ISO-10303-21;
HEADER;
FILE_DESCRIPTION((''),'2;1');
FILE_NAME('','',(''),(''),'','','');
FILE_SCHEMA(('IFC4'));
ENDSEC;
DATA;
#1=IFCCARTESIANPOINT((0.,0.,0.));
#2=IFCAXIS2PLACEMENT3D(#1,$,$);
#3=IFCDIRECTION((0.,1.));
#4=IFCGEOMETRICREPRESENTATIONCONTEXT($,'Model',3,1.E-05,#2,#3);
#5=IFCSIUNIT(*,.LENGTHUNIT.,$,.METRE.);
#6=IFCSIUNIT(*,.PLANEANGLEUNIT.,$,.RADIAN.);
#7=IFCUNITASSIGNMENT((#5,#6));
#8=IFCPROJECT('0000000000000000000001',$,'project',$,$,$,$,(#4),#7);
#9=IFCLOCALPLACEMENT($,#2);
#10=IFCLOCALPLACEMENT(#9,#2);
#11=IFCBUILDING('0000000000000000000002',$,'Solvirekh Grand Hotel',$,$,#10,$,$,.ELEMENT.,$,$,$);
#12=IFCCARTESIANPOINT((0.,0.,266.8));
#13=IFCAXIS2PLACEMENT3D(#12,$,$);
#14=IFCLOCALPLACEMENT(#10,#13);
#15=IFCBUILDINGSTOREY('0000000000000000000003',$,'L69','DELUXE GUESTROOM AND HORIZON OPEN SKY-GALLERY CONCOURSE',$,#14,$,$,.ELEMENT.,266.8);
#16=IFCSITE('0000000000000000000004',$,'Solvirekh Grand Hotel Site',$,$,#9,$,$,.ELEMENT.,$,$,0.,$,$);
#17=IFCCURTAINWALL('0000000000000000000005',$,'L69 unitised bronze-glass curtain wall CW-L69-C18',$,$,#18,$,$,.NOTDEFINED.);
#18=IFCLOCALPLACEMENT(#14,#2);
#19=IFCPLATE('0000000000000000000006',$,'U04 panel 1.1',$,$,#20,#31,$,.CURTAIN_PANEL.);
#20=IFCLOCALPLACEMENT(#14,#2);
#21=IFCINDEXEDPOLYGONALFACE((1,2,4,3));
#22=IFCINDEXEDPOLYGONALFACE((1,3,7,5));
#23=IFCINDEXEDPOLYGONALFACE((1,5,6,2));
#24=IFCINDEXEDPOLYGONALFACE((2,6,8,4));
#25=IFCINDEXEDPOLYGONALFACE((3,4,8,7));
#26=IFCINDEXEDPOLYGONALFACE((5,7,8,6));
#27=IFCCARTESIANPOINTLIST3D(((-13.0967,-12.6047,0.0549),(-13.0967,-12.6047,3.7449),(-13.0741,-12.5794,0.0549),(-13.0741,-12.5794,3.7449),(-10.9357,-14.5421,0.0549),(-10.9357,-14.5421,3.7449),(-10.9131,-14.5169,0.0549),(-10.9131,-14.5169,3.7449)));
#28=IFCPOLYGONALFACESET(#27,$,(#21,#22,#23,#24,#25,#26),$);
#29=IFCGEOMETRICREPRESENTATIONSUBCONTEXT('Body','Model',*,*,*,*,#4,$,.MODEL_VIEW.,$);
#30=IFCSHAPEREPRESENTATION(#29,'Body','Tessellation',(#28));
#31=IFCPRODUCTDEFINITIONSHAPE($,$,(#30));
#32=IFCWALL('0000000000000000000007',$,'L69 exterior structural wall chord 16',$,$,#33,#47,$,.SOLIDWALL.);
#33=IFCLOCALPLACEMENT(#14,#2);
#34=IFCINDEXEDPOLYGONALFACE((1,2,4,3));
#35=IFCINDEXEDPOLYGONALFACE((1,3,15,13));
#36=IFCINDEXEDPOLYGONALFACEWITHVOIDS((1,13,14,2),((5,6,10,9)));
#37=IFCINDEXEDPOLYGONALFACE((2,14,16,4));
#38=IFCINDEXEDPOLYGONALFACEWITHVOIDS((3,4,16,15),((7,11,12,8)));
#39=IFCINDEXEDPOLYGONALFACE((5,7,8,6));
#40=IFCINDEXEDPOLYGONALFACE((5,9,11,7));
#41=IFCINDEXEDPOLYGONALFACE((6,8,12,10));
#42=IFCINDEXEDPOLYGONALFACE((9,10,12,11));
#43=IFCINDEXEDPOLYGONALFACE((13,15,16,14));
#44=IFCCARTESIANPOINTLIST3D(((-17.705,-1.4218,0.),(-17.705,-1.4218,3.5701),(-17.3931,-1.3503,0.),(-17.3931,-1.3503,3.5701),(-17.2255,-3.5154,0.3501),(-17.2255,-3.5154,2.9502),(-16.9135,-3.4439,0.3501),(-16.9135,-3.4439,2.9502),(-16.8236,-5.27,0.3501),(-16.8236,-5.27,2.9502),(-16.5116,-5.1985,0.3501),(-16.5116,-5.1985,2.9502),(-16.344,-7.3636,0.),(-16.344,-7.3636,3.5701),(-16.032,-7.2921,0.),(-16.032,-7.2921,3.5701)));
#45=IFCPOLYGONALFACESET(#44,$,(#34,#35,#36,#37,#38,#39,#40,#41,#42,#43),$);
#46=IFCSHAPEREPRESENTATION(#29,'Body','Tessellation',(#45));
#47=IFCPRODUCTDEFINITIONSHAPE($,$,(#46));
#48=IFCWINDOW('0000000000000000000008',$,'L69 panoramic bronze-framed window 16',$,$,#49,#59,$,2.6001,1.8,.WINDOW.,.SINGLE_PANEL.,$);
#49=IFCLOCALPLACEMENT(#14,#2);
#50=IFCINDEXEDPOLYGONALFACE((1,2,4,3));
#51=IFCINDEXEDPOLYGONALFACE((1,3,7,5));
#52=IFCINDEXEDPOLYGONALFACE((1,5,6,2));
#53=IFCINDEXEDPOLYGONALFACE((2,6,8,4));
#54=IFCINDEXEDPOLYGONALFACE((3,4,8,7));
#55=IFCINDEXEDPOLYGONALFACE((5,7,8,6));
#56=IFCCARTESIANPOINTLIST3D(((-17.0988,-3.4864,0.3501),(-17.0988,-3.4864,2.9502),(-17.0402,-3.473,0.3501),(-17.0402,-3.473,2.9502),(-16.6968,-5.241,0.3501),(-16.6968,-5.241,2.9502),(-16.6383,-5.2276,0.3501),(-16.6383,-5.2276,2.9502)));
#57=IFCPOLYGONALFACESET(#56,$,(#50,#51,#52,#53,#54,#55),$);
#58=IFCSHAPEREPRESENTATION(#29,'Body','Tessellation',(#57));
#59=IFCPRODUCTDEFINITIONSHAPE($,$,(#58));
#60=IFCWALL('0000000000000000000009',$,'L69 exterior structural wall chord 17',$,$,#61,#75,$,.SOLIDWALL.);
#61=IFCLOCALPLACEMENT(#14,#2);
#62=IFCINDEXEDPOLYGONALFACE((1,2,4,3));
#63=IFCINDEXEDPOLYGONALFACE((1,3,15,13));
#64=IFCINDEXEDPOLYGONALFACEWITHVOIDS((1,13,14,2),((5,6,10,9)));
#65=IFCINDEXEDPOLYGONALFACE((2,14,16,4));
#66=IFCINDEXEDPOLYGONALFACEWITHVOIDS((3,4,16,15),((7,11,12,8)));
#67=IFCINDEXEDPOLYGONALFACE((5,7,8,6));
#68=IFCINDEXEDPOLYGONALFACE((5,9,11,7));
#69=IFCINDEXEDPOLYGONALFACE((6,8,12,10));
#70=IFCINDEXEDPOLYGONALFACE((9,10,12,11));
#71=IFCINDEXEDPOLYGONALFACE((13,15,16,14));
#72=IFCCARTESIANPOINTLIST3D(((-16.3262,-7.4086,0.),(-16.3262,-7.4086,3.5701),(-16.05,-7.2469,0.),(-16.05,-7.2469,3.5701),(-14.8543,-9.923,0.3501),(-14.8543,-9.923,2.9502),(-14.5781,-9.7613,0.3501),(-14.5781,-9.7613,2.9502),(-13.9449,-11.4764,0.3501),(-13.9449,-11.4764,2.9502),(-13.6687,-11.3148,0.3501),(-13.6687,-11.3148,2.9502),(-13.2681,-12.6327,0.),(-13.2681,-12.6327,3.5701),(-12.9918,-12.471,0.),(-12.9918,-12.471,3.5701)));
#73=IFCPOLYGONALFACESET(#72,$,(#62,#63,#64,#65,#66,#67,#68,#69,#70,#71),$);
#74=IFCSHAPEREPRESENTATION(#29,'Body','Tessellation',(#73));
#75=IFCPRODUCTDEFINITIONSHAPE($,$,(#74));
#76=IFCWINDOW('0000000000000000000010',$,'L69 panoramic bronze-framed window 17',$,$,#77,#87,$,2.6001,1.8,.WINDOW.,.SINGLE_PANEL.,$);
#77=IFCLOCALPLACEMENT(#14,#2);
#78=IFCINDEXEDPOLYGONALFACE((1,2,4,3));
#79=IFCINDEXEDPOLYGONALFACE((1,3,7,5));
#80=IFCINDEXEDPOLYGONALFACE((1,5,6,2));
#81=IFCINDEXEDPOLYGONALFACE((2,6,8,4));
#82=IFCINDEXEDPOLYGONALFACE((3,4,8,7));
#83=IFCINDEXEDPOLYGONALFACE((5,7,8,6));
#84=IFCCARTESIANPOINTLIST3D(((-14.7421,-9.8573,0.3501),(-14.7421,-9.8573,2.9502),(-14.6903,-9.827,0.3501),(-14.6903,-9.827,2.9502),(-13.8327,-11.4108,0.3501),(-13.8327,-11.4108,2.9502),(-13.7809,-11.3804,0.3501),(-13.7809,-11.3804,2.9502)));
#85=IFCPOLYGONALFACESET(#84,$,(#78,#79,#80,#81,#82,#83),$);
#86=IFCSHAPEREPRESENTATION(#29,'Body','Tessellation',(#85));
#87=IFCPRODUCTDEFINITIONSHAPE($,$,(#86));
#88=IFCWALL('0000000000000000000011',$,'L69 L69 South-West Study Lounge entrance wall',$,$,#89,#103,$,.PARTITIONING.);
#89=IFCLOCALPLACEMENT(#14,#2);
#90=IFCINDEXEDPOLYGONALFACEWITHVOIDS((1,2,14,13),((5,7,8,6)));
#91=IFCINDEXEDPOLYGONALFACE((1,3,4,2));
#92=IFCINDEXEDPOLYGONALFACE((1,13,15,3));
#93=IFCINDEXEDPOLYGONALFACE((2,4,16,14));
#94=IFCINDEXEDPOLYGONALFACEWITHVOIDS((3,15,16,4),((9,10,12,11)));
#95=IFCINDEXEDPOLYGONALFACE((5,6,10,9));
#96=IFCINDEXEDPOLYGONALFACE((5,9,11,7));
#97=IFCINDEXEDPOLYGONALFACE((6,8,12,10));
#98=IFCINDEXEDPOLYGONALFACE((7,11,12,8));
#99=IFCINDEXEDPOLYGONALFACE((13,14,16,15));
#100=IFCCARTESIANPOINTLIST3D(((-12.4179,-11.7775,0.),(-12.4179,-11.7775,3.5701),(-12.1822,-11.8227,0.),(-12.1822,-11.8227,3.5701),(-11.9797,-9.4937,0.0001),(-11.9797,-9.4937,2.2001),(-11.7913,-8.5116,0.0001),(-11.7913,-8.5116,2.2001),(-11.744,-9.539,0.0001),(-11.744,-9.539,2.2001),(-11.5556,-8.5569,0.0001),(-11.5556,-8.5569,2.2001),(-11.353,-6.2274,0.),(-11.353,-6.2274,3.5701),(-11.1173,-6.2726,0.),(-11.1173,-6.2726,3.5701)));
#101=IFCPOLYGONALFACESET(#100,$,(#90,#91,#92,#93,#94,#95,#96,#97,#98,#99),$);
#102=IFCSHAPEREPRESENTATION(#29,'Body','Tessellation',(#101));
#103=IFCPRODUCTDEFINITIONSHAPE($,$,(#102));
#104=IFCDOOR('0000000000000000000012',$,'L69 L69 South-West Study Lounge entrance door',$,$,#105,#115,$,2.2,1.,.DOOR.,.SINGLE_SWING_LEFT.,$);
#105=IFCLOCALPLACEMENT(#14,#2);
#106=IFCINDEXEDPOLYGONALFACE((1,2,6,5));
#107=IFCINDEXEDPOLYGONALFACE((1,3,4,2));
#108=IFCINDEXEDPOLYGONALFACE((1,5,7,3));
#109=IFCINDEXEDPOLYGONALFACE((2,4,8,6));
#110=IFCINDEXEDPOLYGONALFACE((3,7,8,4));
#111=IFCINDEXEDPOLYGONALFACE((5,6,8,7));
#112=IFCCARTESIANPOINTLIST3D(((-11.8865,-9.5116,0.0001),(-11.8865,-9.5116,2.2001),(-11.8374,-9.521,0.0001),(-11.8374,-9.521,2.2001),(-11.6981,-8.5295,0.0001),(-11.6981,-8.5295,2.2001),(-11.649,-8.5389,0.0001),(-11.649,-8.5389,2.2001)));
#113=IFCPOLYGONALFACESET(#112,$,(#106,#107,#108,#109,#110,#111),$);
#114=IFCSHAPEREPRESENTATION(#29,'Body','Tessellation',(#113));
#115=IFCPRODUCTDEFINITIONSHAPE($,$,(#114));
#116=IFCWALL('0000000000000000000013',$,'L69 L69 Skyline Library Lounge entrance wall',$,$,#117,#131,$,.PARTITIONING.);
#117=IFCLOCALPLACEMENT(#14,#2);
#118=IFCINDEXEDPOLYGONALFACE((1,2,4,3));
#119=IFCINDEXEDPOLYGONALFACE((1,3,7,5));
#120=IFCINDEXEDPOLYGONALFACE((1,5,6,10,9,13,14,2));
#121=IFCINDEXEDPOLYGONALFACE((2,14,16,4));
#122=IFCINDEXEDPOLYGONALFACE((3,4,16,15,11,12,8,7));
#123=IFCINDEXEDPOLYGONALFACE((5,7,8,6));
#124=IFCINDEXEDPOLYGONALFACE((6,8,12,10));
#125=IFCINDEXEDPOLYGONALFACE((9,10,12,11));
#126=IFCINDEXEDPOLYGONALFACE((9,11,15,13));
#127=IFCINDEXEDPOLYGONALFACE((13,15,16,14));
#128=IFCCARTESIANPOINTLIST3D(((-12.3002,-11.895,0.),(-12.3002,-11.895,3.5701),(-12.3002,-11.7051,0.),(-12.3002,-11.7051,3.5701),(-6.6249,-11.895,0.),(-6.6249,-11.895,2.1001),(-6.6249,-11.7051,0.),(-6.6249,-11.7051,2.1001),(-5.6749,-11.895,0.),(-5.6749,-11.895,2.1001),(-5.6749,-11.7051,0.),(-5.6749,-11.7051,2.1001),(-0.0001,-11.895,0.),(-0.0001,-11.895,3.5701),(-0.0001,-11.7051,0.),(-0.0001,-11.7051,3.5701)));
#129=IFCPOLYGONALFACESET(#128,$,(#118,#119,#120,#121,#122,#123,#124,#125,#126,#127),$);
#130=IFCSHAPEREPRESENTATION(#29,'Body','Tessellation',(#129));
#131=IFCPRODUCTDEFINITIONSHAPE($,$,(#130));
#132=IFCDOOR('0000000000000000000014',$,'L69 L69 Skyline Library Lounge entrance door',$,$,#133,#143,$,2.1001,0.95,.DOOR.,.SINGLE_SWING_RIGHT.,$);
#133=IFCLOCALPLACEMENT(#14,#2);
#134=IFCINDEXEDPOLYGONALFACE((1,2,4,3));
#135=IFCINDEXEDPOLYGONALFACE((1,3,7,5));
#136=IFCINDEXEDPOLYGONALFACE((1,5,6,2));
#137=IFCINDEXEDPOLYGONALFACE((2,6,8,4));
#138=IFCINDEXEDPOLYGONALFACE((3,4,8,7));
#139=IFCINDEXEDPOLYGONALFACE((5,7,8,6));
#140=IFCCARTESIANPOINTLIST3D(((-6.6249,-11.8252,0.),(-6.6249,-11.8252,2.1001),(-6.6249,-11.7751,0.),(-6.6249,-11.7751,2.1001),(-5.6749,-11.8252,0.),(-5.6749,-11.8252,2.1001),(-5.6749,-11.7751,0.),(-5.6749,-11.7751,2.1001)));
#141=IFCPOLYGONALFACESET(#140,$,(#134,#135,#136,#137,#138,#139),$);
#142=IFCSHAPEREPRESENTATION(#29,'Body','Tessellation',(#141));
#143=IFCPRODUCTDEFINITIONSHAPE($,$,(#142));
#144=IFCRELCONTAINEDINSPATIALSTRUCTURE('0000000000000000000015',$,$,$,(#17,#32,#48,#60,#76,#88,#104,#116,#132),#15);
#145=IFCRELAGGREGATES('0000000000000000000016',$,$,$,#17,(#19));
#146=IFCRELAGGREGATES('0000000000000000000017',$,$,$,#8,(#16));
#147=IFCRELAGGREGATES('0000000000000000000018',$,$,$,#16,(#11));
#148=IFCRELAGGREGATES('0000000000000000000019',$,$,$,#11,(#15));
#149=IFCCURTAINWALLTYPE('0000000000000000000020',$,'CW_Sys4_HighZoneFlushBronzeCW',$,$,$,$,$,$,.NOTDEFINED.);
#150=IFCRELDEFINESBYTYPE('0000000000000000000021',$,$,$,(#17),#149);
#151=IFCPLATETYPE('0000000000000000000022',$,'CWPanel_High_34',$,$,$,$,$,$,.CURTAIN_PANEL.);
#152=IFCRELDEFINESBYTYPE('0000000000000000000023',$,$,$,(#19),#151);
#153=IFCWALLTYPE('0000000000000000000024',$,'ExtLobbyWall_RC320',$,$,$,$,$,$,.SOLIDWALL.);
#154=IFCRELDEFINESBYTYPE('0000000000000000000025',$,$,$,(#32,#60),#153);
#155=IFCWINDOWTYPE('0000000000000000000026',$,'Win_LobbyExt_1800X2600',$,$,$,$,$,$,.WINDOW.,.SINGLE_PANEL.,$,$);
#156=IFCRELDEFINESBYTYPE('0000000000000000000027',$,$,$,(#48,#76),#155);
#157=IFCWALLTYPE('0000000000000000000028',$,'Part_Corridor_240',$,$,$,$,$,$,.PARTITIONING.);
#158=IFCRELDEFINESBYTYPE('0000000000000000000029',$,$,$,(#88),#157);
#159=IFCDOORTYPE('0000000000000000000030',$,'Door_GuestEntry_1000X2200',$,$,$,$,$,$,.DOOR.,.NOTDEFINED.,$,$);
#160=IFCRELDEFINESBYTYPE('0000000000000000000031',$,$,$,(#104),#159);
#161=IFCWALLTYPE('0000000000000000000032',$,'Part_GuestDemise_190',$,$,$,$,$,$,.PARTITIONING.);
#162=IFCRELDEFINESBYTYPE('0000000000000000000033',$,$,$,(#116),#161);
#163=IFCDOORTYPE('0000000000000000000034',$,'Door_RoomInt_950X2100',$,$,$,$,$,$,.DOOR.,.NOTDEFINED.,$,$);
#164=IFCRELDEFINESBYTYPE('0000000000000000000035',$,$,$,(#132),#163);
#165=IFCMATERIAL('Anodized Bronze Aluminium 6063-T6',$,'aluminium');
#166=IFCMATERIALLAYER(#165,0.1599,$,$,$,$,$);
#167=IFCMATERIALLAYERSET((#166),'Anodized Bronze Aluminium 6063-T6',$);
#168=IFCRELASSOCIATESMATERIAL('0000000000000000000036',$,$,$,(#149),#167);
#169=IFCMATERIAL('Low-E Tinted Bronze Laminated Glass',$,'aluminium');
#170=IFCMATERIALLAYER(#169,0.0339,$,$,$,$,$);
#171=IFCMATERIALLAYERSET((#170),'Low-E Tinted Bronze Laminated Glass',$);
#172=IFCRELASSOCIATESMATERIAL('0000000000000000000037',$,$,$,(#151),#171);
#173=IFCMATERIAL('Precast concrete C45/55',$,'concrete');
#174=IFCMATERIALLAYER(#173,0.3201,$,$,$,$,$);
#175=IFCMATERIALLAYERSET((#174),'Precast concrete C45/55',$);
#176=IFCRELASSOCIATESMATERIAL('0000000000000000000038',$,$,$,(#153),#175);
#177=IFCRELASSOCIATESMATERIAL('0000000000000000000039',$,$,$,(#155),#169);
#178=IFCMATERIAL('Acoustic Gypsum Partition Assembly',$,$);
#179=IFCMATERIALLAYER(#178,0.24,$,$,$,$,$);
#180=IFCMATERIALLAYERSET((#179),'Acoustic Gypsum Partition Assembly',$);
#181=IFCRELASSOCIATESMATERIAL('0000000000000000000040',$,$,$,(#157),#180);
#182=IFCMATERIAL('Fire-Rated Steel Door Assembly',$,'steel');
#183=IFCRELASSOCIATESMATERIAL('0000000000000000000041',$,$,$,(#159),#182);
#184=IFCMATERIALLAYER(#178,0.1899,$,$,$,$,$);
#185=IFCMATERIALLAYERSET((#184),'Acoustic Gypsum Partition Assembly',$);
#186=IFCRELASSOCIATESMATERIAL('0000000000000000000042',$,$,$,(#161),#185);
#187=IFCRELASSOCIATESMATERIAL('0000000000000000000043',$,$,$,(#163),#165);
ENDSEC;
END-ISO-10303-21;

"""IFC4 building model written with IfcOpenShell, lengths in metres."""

from ifc_helpers import new_model, si_unit, direction, frame, frame_2d, origin, origin_2d, place, context, subcontext, project, spatial, rectangle, extrude, source, transform, mapped, material, layer, layer_set, type_object, element, fill, aggregate, save


model = new_model("IFC4")

# Units and contexts
model_context = context("Model", 3, precision=1e-05, world=origin(), true_north=direction((0.0, 1.0)))
body_context = subcontext(model_context, "Body", "Model", "MODEL_VIEW")
ifc_project = project(units=[si_unit("LENGTHUNIT", "METRE"), si_unit("PLANEANGLEUNIT", "RADIAN")], contexts=[model_context])

# Site, building, storey
site_placement = place(None, origin())
site = spatial("IfcSite", under=ifc_project, at=site_placement, Name="Solvirekh Grand Hotel Site", CompositionType="ELEMENT", RefElevation=0.0)
building_placement = place(site_placement, origin())
building = spatial("IfcBuilding", under=site, at=building_placement, Name="Solvirekh Grand Hotel", CompositionType="ELEMENT")
storey_placement = place(building_placement, frame((0.0, 0.0, 266.8)))
storey = spatial("IfcBuildingStorey", under=building, at=storey_placement, Name="L69", Description="DELUXE GUESTROOM AND HORIZON OPEN SKY-GALLERY CONCOURSE", CompositionType="ELEMENT", Elevation=266.8)

# Curtain wall, plate
ifc_material_1 = material(Name="Anodized Bronze Aluminium 6063-T6", Category="aluminium")
ifc_layer_1 = layer(ifc_material_1, 0.1599)
ifc_layer_set_1 = layer_set([ifc_layer_1], Name="Anodized Bronze Aluminium 6063-T6")
curtain_wall_type = type_object("IfcCurtainWallType", Name="CW_Sys4_HighZoneFlushBronzeCW", PredefinedType="NOTDEFINED", material=ifc_layer_set_1)
curtain_wall_placement = place(storey_placement, origin())
curtain_wall = element("IfcCurtainWall", 1, at=curtain_wall_placement, inside=storey, type_object=curtain_wall_type, Name="L69 unitised bronze-glass curtain wall CW-L69-C18", PredefinedType="NOTDEFINED")
ifc_material_2 = material(Name="Low-E Tinted Bronze Laminated Glass", Category="aluminium")
ifc_layer_2 = layer(ifc_material_2, 0.0339)
ifc_layer_set_2 = layer_set([ifc_layer_2], Name="Low-E Tinted Bronze Laminated Glass")
plate_type = type_object("IfcPlateType", Name="CWPanel_High_34", PredefinedType="CURTAIN_PANEL", material=ifc_layer_set_2)
shared_shape_1 = source(origin(), body_context, "Body", "SweptSolid", [
    extrude(rectangle(XDim=2.9023, YDim=0.0339, at=origin_2d()), origin(), (0.0, 0.0, 1.0), 3.6899),
])
plate_placement = place(storey_placement, frame((-12.0049, -13.5608, 0.0549), z_axis=(0.0, 0.0, 1.0), x_axis=(0.744572, -0.667542, 0.0)))
plate = element("IfcPlate", 2, at=plate_placement, type_object=plate_type, Name="U04 panel 1.1", PredefinedType="CURTAIN_PANEL", context=body_context, shape_type="MappedRepresentation", body=[
    mapped(shared_shape_1, transform((0.0, 0.0, 0.0), x_axis=(1.0, 0.0, 0.0), y_axis=(0.0, 1.0, 0.0), z_axis=(0.0, 0.0, 1.0), scale=1.0)),
])
aggregate(curtain_wall, [plate])

# Walls, openings, windows
ifc_material_3 = material(Name="Precast concrete C45/55", Category="concrete")
ifc_layer_3 = layer(ifc_material_3, 0.3201)
ifc_layer_set_3 = layer_set([ifc_layer_3], Name="Precast concrete C45/55")
wall_type_1 = type_object("IfcWallType", Name="ExtLobbyWall_RC320", PredefinedType="SOLIDWALL", material=ifc_layer_set_3)
wall_1_placement = place(storey_placement, frame((-16.188, -7.3279, 0.0), z_axis=(0.0, 0.0, 1.0), x_axis=(-0.223283, 0.974754, 0.0)))
wall_1 = element("IfcWall", 3, at=wall_1_placement, inside=storey, type_object=wall_type_1, Name="L69 exterior structural wall chord 16", PredefinedType="SOLIDWALL", context=body_context, shape_type="SweptSolid", body=[
    extrude(rectangle(XDim=6.0957, YDim=0.3201, at=frame_2d((3.0479, 0.0))), origin(), (0.0, 0.0, 1.0), 3.5701),
])
opening_1_placement = place(wall_1_placement, frame((2.1479, 0.0, 0.3501)))
opening_1 = element("IfcOpeningElement", 4, at=opening_1_placement, cuts=wall_1, PredefinedType="OPENING", context=body_context, shape_type="SweptSolid", body=[
    extrude(rectangle(XDim=1.8, YDim=2.6001, at=frame_2d((0.8999, 1.3))), frame((0.0, 0.1699, 0.0), z_axis=(0.0, -1.0, 0.0), x_axis=(1.0, 0.0, 0.0)), (0.0, 0.0, 1.0), 0.3401),
])
window_type = type_object("IfcWindowType", Name="Win_LobbyExt_1800X2600", PartitioningType="SINGLE_PANEL", PredefinedType="WINDOW", material=ifc_material_2)
window_1_placement = place(opening_1_placement, origin())
window_1 = element("IfcWindow", 5, at=window_1_placement, inside=storey, type_object=window_type, Name="L69 panoramic bronze-framed window 16", OverallHeight=2.6001, OverallWidth=1.8, PartitioningType="SINGLE_PANEL", PredefinedType="WINDOW", context=body_context, shape_type="SweptSolid", body=[
    extrude(rectangle(XDim=1.8, YDim=2.6001, at=frame_2d((0.8999, 1.3))), frame((0.0, 0.03, 0.0), z_axis=(0.0, -1.0, 0.0), x_axis=(1.0, 0.0, 0.0)), (0.0, 0.0, 1.0), 0.0601),
])
fill(opening_1, window_1)
wall_2_placement = place(storey_placement, frame((-13.1299, -12.552, 0.0), z_axis=(0.0, 0.0, 1.0), x_axis=(-0.505189, 0.863008, 0.0)))
wall_2 = element("IfcWall", 6, at=wall_2_placement, inside=storey, type_object=wall_type_1, Name="L69 exterior structural wall chord 17", PredefinedType="SOLIDWALL", context=body_context, shape_type="SweptSolid", body=[
    extrude(rectangle(XDim=6.0535, YDim=0.3201, at=frame_2d((3.0269, 0.0))), origin(), (0.0, 0.0, 1.0), 3.5701),
])
opening_2_placement = place(wall_2_placement, frame((1.3401, 0.0, 0.3501)))
opening_2 = element("IfcOpeningElement", 7, at=opening_2_placement, cuts=wall_2, PredefinedType="OPENING", context=body_context, shape_type="SweptSolid", body=[
    extrude(rectangle(XDim=1.8, YDim=2.6001, at=frame_2d((0.8999, 1.3))), frame((0.0, 0.1699, 0.0), z_axis=(0.0, -1.0, 0.0), x_axis=(1.0, 0.0, 0.0)), (0.0, 0.0, 1.0), 0.3401),
])
window_2_placement = place(opening_2_placement, origin())
window_2 = element("IfcWindow", 8, at=window_2_placement, inside=storey, type_object=window_type, Name="L69 panoramic bronze-framed window 17", OverallHeight=2.6001, OverallWidth=1.8, PartitioningType="SINGLE_PANEL", PredefinedType="WINDOW", context=body_context, shape_type="SweptSolid", body=[
    extrude(rectangle(XDim=1.8, YDim=2.6001, at=frame_2d((0.8999, 1.3))), frame((0.0, 0.03, 0.0), z_axis=(0.0, -1.0, 0.0), x_axis=(1.0, 0.0, 0.0)), (0.0, 0.0, 1.0), 0.0601),
])
fill(opening_2, window_2)

# Walls, openings, doors
ifc_material_4 = material(Name="Acoustic Gypsum Partition Assembly")
ifc_layer_4 = layer(ifc_material_4, 0.24)
ifc_layer_set_4 = layer_set([ifc_layer_4], Name="Acoustic Gypsum Partition Assembly")
wall_type_2 = type_object("IfcWallType", Name="Part_Corridor_240", PredefinedType="PARTITIONING", material=ifc_layer_set_4)
wall_3_placement = place(storey_placement, frame((-11.2351, -6.25, 0.0), z_axis=(0.0, 0.0, 1.0), x_axis=(-0.188442, -0.982084, 0.0)))
wall_3 = element("IfcWall", 9, at=wall_3_placement, inside=storey, type_object=wall_type_2, Name="L69 L69 South-West Study Lounge entrance wall", PredefinedType="PARTITIONING", context=body_context, shape_type="SweptSolid", body=[
    extrude(rectangle(XDim=5.6514, YDim=0.24, at=frame_2d((2.8257, 0.0))), origin(), (0.0, 0.0, 1.0), 3.5701),
])
opening_3_placement = place(wall_3_placement, frame((2.3259, 0.0, 0.0)))
opening_3 = element("IfcOpeningElement", 10, at=opening_3_placement, cuts=wall_3, PredefinedType="OPENING", context=body_context, shape_type="SweptSolid", body=[
    extrude(rectangle(XDim=1.0, YDim=2.2, at=frame_2d((0.5, 1.1001))), frame((0.0, 0.1299, 0.0), z_axis=(0.0, -1.0, 0.0), x_axis=(1.0, 0.0, 0.0)), (0.0, 0.0, 1.0), 0.26),
])
ifc_material_5 = material(Name="Fire-Rated Steel Door Assembly", Category="steel")
door_type_1 = type_object("IfcDoorType", Name="Door_GuestEntry_1000X2200", OperationType="NOTDEFINED", PredefinedType="DOOR", material=ifc_material_5)
door_1_placement = place(opening_3_placement, origin())
door_1 = element("IfcDoor", 11, at=door_1_placement, inside=storey, type_object=door_type_1, Name="L69 L69 South-West Study Lounge entrance door", OperationType="SINGLE_SWING_LEFT", OverallHeight=2.2, OverallWidth=1.0, PredefinedType="DOOR", context=body_context, shape_type="SweptSolid", body=[
    extrude(rectangle(XDim=1.0, YDim=2.2, at=frame_2d((0.5, 1.1001))), frame((0.0, 0.0249, 0.0), z_axis=(0.0, -1.0, 0.0), x_axis=(1.0, 0.0, 0.0)), (0.0, 0.0, 1.0), 0.05),
])
fill(opening_3, door_1)
ifc_layer_5 = layer(ifc_material_4, 0.1899)
ifc_layer_set_5 = layer_set([ifc_layer_5], Name="Acoustic Gypsum Partition Assembly")
wall_type_3 = type_object("IfcWallType", Name="Part_GuestDemise_190", PredefinedType="PARTITIONING", material=ifc_layer_set_5)
wall_4_placement = place(storey_placement, frame((-12.3, -11.8, 0.0), z_axis=(0.0, 0.0, 1.0), x_axis=(1.0, 0.0, 0.0)))
wall_4 = element("IfcWall", 12, at=wall_4_placement, inside=storey, type_object=wall_type_3, Name="L69 L69 Skyline Library Lounge entrance wall", PredefinedType="PARTITIONING", context=body_context, shape_type="SweptSolid", body=[
    extrude(rectangle(XDim=12.3, YDim=0.1899, at=frame_2d((6.1499, 0.0))), origin(), (0.0, 0.0, 1.0), 3.5701),
])
opening_4_placement = place(wall_4_placement, frame((5.675, 0.0, 0.0)))
opening_4 = element("IfcOpeningElement", 13, at=opening_4_placement, cuts=wall_4, PredefinedType="OPENING", context=body_context, shape_type="SweptSolid", body=[
    extrude(rectangle(XDim=0.95, YDim=2.1001, at=frame_2d((0.4751, 1.05))), frame((0.0, 0.105, 0.0), z_axis=(0.0, -1.0, 0.0), x_axis=(1.0, 0.0, 0.0)), (0.0, 0.0, 1.0), 0.21),
])
door_type_2 = type_object("IfcDoorType", Name="Door_RoomInt_950X2100", OperationType="NOTDEFINED", PredefinedType="DOOR", material=ifc_material_1)
door_2_placement = place(opening_4_placement, origin())
door_2 = element("IfcDoor", 14, at=door_2_placement, inside=storey, type_object=door_type_2, Name="L69 L69 Skyline Library Lounge entrance door", OperationType="SINGLE_SWING_RIGHT", OverallHeight=2.1001, OverallWidth=0.95, PredefinedType="DOOR", context=body_context, shape_type="SweptSolid", body=[
    extrude(rectangle(XDim=0.95, YDim=2.1001, at=frame_2d((0.4751, 1.05))), frame((0.0, 0.0249, 0.0), z_axis=(0.0, -1.0, 0.0), x_axis=(1.0, 0.0, 0.0)), (0.0, 0.0, 1.0), 0.05),
])
fill(opening_4, door_2)

save(model, "model.ifc")
